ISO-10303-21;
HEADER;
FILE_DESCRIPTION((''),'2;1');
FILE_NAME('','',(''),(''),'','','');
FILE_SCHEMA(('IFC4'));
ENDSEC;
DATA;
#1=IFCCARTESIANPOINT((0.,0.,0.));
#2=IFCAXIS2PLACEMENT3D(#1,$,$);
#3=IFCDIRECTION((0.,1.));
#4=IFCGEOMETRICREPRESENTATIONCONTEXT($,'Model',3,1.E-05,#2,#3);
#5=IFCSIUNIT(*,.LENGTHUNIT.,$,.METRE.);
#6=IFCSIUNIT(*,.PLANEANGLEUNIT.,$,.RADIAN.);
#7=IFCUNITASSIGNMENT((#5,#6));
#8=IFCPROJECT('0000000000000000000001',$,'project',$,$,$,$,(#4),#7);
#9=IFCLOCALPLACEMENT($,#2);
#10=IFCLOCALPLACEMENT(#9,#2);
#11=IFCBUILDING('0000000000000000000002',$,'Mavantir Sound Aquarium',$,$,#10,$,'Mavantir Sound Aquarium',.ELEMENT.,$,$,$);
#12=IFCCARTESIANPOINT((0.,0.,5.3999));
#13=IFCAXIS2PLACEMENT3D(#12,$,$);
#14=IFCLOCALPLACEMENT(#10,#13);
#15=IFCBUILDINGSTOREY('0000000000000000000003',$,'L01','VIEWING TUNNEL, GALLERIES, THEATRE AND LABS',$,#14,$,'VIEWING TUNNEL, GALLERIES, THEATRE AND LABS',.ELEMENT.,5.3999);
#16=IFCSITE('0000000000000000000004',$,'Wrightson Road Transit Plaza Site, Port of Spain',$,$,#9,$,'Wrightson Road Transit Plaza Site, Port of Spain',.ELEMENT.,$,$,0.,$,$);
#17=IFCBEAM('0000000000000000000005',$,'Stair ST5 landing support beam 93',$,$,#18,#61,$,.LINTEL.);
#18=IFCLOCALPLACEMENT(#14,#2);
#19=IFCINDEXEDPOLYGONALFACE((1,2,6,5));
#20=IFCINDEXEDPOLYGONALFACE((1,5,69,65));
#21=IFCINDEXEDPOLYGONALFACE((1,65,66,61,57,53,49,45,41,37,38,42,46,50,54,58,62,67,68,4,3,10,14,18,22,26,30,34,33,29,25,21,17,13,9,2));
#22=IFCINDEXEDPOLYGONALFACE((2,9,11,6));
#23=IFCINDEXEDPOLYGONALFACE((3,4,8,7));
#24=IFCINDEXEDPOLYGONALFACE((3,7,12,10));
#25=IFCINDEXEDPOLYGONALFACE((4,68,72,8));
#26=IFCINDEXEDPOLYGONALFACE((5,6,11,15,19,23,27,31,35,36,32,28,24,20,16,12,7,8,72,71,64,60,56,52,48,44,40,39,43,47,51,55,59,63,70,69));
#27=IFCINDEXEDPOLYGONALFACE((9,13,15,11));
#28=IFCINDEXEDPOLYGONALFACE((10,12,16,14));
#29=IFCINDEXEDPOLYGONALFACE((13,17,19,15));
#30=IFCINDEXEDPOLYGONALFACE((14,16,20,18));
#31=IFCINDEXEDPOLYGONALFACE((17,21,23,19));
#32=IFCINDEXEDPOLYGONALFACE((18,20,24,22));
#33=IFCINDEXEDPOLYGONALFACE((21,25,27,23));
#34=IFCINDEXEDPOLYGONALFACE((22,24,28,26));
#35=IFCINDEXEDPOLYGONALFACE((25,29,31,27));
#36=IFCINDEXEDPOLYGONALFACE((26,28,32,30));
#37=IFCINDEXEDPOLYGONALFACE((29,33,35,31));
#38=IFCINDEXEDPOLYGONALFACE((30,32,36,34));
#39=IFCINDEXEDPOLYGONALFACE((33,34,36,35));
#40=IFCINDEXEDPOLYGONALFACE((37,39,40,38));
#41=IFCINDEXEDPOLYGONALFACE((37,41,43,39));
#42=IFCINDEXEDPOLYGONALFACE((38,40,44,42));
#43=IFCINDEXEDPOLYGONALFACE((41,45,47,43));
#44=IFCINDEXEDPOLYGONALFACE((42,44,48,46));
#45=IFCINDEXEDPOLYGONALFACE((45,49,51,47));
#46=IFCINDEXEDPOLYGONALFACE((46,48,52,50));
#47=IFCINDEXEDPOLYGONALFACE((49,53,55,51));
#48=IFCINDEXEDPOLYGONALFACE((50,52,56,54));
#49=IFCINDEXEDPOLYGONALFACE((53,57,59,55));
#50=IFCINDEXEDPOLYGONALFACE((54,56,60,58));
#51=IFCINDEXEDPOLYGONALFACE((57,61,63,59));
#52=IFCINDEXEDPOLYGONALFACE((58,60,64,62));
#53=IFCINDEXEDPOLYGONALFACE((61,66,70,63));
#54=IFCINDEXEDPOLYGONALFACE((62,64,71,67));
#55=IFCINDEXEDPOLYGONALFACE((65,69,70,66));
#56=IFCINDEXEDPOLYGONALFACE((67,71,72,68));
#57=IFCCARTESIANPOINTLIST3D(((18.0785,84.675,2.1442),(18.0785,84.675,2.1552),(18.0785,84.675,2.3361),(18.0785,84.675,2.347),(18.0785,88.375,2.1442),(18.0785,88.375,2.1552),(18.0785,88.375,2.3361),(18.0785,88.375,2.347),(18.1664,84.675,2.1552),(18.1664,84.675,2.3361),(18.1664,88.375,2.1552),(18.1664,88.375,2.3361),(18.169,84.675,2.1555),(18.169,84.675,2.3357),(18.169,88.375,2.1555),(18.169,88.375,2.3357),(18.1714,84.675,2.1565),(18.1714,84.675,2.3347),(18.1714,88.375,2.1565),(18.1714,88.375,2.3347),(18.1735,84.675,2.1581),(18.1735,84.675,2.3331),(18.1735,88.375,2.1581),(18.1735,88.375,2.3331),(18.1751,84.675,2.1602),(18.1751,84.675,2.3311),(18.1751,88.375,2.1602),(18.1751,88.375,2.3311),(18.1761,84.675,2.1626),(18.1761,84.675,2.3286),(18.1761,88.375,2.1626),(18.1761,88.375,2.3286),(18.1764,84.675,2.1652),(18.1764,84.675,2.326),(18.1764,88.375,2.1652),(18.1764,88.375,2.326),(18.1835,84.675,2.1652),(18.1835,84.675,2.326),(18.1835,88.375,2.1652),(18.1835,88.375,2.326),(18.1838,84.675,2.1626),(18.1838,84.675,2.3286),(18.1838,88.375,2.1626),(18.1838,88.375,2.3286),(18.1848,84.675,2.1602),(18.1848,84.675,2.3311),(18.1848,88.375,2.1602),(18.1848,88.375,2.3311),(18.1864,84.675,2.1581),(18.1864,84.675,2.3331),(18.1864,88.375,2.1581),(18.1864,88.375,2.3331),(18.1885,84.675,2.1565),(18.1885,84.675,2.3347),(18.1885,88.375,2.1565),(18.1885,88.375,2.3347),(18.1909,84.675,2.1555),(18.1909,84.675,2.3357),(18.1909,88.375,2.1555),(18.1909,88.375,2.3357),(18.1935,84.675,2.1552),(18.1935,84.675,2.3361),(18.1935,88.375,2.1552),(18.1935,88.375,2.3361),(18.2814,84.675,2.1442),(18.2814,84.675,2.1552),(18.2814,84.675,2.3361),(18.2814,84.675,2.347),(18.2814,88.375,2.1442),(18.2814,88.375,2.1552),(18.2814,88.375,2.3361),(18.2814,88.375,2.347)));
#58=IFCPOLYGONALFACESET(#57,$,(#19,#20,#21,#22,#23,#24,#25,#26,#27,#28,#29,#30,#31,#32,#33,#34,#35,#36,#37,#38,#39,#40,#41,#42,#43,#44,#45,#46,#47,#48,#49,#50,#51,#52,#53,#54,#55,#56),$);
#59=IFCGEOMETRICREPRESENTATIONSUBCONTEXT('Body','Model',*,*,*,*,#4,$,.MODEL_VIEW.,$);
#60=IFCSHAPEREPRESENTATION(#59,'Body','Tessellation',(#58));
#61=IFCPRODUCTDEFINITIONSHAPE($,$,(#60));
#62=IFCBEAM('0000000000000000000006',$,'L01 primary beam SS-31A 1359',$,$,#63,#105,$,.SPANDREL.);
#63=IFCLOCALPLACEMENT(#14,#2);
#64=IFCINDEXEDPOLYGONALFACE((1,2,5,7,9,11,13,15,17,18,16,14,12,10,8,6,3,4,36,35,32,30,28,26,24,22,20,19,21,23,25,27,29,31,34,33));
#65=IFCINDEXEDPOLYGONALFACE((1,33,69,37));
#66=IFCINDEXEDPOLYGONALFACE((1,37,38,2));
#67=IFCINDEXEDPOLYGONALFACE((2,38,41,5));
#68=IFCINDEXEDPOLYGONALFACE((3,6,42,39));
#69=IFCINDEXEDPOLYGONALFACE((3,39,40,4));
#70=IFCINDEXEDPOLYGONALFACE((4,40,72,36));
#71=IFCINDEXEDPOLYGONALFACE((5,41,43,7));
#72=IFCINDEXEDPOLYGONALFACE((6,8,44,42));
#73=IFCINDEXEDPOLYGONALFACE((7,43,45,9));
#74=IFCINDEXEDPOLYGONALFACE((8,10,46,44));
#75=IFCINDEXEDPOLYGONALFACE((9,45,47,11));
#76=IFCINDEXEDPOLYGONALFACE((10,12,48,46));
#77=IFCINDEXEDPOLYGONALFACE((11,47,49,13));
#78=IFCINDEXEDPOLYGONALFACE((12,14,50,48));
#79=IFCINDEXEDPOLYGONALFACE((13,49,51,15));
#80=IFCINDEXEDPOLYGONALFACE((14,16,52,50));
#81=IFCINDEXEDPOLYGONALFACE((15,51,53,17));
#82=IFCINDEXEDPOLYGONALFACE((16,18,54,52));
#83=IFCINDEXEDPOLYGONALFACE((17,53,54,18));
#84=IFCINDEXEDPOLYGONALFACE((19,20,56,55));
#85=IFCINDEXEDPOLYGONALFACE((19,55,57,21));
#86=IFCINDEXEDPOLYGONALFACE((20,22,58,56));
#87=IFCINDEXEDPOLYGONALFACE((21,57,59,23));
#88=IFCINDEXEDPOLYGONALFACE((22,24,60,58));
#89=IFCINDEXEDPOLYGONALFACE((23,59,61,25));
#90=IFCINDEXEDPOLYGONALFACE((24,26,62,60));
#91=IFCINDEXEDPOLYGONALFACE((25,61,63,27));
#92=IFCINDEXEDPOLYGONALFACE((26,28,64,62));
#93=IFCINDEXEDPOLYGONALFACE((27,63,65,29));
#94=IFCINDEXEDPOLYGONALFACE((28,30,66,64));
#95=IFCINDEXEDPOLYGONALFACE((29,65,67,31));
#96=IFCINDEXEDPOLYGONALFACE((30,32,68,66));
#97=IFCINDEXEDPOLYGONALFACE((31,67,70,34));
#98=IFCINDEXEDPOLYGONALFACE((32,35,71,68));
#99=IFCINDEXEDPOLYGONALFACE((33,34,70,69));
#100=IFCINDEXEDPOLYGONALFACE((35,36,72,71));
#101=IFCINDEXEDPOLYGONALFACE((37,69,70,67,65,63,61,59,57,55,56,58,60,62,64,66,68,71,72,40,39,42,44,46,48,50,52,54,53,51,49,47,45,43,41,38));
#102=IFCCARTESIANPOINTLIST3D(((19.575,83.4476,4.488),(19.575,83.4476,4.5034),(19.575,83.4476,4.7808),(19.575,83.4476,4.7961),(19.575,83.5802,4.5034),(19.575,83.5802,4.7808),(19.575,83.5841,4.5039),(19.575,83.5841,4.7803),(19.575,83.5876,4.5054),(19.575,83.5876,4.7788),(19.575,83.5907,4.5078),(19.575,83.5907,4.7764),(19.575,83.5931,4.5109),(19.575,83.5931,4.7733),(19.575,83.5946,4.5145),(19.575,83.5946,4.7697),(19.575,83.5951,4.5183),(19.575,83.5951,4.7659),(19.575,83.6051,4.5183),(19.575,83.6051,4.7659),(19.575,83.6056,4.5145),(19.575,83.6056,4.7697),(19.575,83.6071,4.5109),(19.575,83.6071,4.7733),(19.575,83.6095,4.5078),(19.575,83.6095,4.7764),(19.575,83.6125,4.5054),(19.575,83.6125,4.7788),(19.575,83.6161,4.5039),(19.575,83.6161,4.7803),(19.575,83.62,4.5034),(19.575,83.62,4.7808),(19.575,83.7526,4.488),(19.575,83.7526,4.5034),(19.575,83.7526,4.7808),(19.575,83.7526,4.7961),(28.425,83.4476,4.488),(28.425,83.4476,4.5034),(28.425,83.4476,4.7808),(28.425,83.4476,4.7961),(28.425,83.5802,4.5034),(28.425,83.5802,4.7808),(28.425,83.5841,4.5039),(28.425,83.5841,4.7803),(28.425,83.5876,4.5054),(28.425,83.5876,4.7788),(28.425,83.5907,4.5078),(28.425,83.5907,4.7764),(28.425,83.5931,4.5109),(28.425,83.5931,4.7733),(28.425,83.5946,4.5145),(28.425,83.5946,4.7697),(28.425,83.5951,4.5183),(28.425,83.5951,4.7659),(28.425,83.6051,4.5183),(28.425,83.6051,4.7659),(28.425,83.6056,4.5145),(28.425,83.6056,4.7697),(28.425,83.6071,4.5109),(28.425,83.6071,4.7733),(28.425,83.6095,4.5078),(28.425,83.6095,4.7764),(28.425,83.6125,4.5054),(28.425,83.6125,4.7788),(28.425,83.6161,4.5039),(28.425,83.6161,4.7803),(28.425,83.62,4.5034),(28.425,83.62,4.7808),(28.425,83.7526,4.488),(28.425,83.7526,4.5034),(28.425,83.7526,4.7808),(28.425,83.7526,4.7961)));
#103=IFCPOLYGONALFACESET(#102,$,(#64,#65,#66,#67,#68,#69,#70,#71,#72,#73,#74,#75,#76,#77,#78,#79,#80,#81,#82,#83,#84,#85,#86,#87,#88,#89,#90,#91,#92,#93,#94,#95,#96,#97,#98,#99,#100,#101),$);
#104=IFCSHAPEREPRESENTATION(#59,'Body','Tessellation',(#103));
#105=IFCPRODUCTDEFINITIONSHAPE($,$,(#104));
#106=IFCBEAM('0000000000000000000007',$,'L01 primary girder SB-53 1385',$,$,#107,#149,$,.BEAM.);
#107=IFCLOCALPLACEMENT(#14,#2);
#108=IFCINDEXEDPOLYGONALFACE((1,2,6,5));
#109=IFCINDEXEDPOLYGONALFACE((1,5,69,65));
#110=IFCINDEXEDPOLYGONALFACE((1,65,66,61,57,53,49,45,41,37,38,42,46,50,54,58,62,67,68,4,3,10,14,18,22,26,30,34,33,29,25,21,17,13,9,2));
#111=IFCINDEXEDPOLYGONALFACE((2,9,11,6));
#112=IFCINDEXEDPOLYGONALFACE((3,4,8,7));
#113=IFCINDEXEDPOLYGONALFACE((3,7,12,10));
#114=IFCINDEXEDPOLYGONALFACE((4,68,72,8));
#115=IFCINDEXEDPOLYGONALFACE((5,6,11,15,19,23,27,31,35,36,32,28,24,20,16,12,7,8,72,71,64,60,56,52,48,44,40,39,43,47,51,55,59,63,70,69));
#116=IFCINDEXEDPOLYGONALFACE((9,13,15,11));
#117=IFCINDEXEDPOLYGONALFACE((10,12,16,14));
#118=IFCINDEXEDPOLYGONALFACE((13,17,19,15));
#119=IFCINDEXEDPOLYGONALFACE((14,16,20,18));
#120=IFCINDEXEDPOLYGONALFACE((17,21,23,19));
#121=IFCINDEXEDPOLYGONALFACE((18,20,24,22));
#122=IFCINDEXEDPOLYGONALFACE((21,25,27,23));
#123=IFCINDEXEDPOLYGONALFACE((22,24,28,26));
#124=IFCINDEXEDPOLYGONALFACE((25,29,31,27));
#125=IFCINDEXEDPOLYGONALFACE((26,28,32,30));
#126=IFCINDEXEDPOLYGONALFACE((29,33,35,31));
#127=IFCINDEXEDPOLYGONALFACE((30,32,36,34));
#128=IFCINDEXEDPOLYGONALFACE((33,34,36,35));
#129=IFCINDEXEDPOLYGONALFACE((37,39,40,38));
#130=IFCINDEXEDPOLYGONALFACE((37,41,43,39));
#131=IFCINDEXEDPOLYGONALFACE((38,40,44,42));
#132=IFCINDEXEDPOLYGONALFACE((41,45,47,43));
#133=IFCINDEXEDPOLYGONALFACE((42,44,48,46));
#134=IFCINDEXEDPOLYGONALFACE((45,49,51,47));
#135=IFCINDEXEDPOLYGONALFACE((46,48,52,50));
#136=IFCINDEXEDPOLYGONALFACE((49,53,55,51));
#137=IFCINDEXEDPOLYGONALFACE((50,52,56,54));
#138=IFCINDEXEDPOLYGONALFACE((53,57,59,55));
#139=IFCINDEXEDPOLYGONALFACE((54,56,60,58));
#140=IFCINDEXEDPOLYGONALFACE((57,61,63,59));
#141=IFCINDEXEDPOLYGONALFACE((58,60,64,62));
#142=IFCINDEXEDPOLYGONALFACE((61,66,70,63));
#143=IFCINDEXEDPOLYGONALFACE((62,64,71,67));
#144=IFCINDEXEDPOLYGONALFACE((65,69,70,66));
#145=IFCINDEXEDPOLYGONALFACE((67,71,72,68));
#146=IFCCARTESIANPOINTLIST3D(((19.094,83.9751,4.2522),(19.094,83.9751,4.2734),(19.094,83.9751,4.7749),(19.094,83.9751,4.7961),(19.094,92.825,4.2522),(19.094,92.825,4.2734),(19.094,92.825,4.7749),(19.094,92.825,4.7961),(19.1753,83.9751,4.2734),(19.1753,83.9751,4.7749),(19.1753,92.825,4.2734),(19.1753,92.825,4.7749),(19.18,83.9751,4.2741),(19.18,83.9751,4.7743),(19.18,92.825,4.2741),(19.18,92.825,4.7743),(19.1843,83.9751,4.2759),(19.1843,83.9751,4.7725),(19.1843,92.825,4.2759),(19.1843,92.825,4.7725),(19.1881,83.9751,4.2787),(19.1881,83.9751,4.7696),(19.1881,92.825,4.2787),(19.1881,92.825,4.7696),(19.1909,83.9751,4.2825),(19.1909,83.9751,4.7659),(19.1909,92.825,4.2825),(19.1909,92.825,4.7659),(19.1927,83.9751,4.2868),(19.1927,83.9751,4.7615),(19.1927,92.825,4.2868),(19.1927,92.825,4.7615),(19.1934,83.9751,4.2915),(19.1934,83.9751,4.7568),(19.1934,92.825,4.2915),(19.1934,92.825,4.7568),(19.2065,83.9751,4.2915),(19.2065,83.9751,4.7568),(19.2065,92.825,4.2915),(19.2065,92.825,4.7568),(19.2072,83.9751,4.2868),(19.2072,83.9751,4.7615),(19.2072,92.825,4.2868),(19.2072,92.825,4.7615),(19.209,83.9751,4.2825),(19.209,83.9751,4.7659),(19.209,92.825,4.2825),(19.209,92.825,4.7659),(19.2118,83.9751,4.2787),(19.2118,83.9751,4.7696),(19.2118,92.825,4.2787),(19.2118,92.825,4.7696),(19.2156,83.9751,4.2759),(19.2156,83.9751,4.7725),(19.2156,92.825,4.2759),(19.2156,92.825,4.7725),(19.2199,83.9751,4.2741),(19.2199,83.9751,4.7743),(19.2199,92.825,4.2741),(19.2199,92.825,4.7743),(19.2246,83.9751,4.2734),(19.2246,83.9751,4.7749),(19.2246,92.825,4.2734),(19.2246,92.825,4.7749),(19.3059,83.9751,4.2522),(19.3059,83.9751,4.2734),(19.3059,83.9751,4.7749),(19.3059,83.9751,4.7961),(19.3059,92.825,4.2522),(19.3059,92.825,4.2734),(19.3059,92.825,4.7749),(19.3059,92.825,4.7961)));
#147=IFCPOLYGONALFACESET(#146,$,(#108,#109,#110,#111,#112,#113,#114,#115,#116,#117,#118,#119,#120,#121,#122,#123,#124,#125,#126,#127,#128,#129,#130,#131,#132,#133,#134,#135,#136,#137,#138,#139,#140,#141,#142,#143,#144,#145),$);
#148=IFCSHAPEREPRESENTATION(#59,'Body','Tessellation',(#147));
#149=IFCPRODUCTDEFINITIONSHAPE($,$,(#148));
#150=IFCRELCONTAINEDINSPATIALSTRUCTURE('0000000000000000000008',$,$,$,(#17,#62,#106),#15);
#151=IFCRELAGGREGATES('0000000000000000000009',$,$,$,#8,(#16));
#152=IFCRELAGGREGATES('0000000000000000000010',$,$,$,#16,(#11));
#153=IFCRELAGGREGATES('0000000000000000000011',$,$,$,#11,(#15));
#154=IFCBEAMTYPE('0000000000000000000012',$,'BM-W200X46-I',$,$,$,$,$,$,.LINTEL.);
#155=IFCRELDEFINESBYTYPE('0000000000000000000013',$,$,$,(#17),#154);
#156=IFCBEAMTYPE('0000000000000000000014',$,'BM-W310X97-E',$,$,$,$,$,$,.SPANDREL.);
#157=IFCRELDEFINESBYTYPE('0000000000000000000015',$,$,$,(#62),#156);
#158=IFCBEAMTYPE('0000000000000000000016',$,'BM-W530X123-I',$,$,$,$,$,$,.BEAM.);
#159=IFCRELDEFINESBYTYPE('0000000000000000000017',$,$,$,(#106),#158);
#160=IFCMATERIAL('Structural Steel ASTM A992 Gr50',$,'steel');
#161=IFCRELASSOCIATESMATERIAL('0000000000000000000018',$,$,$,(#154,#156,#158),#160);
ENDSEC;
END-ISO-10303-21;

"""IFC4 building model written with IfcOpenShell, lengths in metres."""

from ifc_helpers import new_model, si_unit, direction, frame, origin, origin_2d, place, context, subcontext, project, spatial, i_section, extrude, material, material_profile, profile_set, type_object, element, save


model = new_model("IFC4")

# Units and contexts
model_context = context("Model", 3, precision=1e-05, world=origin(), true_north=direction((0.0, 1.0)))
body_context = subcontext(model_context, "Body", "Model", "MODEL_VIEW")
ifc_project = project(units=[si_unit("LENGTHUNIT", "METRE"), si_unit("PLANEANGLEUNIT", "RADIAN")], contexts=[model_context])

# Site, building, storey
site_placement = place(None, origin())
site = spatial("IfcSite", under=ifc_project, at=site_placement, Name="Wrightson Road Transit Plaza Site, Port of Spain", LongName="Wrightson Road Transit Plaza Site, Port of Spain", CompositionType="ELEMENT", RefElevation=0.0)
building_placement = place(site_placement, origin())
building = spatial("IfcBuilding", under=site, at=building_placement, Name="Mavantir Sound Aquarium", LongName="Mavantir Sound Aquarium", CompositionType="ELEMENT")
storey_placement = place(building_placement, frame((0.0, 0.0, 5.3999)))
storey = spatial("IfcBuildingStorey", under=building, at=storey_placement, Name="L01", Description="VIEWING TUNNEL, GALLERIES, THEATRE AND LABS", LongName="VIEWING TUNNEL, GALLERIES, THEATRE AND LABS", CompositionType="ELEMENT", Elevation=5.3999)

# Beams
ifc_material_1 = material(Name="Structural Steel ASTM A992 Gr50", Category="steel")
ifc_material_profile_1 = material_profile(ifc_material_1, i_section(OverallWidth=0.2029, OverallDepth=0.2029, WebThickness=0.0071, FlangeThickness=0.011, FilletRadius=0.01, at=origin_2d()), Name="W200X46")
ifc_profile_set_1 = profile_set([ifc_material_profile_1], Name="Structural Steel ASTM A992 Gr50")
beam_type_1 = type_object("IfcBeamType", Name="BM-W200X46-I", PredefinedType="LINTEL", material=ifc_profile_set_1)
for number, where, z_axis, x_axis, name in (
    (1, (18.1799, 84.675, 2.2456), (0.0, 1.0, 0.0), (-1.0, 0.0, 0.0), "Stair ST5 landing support beam 93"),
):
    element("IfcBeam", number, at=place(storey_placement, frame(where, z_axis=z_axis, x_axis=x_axis)), inside=storey, type_object=beam_type_1, Name=name, PredefinedType="LINTEL", context=body_context, shape_type="SweptSolid", body=[
        extrude(i_section(OverallWidth=0.2029, OverallDepth=0.2029, WebThickness=0.0071, FlangeThickness=0.011, FilletRadius=0.01, at=origin_2d()), origin(), (0.0, 0.0, 1.0), 3.7),
    ])
ifc_material_profile_2 = material_profile(ifc_material_1, i_section(OverallWidth=0.3049, OverallDepth=0.3081, WebThickness=0.01, FlangeThickness=0.0154, FilletRadius=0.0149, at=origin_2d()), Name="W310X97")
ifc_profile_set_2 = profile_set([ifc_material_profile_2], Name="Structural Steel ASTM A992 Gr50")
beam_type_2 = type_object("IfcBeamType", Name="BM-W310X97-E", PredefinedType="SPANDREL", material=ifc_profile_set_2)
beam_1_placement = place(storey_placement, frame((19.575, 83.6001, 4.6421), z_axis=(1.0, 0.0, 0.0), x_axis=(0.0, 1.0, 0.0)))
element("IfcBeam", 2, at=beam_1_placement, inside=storey, type_object=beam_type_2, Name="L01 primary beam SS-31A 1359", PredefinedType="SPANDREL", context=body_context, shape_type="SweptSolid", body=[
    extrude(i_section(OverallWidth=0.3049, OverallDepth=0.3081, WebThickness=0.01, FlangeThickness=0.0154, FilletRadius=0.0149, at=origin_2d()), origin(), (0.0, 0.0, 1.0), 8.8501),
])
ifc_material_profile_3 = material_profile(ifc_material_1, i_section(OverallWidth=0.2119, OverallDepth=0.5439, WebThickness=0.0132, FlangeThickness=0.0212, FilletRadius=0.0181, at=origin_2d()), Name="W530X123")
ifc_profile_set_3 = profile_set([ifc_material_profile_3], Name="Structural Steel ASTM A992 Gr50")
beam_type_3 = type_object("IfcBeamType", Name="BM-W530X123-I", PredefinedType="BEAM", material=ifc_profile_set_3)
beam_2_placement = place(storey_placement, frame((19.2, 83.9751, 4.5242), z_axis=(0.0, 1.0, 0.0), x_axis=(-1.0, 0.0, 0.0)))
element("IfcBeam", 3, at=beam_2_placement, inside=storey, type_object=beam_type_3, Name="L01 primary girder SB-53 1385", PredefinedType="BEAM", context=body_context, shape_type="SweptSolid", body=[
    extrude(i_section(OverallWidth=0.2119, OverallDepth=0.5439, WebThickness=0.0132, FlangeThickness=0.0212, FilletRadius=0.0181, at=origin_2d()), origin(), (0.0, 0.0, 1.0), 8.8499),
])

save(model, "model.ifc")
